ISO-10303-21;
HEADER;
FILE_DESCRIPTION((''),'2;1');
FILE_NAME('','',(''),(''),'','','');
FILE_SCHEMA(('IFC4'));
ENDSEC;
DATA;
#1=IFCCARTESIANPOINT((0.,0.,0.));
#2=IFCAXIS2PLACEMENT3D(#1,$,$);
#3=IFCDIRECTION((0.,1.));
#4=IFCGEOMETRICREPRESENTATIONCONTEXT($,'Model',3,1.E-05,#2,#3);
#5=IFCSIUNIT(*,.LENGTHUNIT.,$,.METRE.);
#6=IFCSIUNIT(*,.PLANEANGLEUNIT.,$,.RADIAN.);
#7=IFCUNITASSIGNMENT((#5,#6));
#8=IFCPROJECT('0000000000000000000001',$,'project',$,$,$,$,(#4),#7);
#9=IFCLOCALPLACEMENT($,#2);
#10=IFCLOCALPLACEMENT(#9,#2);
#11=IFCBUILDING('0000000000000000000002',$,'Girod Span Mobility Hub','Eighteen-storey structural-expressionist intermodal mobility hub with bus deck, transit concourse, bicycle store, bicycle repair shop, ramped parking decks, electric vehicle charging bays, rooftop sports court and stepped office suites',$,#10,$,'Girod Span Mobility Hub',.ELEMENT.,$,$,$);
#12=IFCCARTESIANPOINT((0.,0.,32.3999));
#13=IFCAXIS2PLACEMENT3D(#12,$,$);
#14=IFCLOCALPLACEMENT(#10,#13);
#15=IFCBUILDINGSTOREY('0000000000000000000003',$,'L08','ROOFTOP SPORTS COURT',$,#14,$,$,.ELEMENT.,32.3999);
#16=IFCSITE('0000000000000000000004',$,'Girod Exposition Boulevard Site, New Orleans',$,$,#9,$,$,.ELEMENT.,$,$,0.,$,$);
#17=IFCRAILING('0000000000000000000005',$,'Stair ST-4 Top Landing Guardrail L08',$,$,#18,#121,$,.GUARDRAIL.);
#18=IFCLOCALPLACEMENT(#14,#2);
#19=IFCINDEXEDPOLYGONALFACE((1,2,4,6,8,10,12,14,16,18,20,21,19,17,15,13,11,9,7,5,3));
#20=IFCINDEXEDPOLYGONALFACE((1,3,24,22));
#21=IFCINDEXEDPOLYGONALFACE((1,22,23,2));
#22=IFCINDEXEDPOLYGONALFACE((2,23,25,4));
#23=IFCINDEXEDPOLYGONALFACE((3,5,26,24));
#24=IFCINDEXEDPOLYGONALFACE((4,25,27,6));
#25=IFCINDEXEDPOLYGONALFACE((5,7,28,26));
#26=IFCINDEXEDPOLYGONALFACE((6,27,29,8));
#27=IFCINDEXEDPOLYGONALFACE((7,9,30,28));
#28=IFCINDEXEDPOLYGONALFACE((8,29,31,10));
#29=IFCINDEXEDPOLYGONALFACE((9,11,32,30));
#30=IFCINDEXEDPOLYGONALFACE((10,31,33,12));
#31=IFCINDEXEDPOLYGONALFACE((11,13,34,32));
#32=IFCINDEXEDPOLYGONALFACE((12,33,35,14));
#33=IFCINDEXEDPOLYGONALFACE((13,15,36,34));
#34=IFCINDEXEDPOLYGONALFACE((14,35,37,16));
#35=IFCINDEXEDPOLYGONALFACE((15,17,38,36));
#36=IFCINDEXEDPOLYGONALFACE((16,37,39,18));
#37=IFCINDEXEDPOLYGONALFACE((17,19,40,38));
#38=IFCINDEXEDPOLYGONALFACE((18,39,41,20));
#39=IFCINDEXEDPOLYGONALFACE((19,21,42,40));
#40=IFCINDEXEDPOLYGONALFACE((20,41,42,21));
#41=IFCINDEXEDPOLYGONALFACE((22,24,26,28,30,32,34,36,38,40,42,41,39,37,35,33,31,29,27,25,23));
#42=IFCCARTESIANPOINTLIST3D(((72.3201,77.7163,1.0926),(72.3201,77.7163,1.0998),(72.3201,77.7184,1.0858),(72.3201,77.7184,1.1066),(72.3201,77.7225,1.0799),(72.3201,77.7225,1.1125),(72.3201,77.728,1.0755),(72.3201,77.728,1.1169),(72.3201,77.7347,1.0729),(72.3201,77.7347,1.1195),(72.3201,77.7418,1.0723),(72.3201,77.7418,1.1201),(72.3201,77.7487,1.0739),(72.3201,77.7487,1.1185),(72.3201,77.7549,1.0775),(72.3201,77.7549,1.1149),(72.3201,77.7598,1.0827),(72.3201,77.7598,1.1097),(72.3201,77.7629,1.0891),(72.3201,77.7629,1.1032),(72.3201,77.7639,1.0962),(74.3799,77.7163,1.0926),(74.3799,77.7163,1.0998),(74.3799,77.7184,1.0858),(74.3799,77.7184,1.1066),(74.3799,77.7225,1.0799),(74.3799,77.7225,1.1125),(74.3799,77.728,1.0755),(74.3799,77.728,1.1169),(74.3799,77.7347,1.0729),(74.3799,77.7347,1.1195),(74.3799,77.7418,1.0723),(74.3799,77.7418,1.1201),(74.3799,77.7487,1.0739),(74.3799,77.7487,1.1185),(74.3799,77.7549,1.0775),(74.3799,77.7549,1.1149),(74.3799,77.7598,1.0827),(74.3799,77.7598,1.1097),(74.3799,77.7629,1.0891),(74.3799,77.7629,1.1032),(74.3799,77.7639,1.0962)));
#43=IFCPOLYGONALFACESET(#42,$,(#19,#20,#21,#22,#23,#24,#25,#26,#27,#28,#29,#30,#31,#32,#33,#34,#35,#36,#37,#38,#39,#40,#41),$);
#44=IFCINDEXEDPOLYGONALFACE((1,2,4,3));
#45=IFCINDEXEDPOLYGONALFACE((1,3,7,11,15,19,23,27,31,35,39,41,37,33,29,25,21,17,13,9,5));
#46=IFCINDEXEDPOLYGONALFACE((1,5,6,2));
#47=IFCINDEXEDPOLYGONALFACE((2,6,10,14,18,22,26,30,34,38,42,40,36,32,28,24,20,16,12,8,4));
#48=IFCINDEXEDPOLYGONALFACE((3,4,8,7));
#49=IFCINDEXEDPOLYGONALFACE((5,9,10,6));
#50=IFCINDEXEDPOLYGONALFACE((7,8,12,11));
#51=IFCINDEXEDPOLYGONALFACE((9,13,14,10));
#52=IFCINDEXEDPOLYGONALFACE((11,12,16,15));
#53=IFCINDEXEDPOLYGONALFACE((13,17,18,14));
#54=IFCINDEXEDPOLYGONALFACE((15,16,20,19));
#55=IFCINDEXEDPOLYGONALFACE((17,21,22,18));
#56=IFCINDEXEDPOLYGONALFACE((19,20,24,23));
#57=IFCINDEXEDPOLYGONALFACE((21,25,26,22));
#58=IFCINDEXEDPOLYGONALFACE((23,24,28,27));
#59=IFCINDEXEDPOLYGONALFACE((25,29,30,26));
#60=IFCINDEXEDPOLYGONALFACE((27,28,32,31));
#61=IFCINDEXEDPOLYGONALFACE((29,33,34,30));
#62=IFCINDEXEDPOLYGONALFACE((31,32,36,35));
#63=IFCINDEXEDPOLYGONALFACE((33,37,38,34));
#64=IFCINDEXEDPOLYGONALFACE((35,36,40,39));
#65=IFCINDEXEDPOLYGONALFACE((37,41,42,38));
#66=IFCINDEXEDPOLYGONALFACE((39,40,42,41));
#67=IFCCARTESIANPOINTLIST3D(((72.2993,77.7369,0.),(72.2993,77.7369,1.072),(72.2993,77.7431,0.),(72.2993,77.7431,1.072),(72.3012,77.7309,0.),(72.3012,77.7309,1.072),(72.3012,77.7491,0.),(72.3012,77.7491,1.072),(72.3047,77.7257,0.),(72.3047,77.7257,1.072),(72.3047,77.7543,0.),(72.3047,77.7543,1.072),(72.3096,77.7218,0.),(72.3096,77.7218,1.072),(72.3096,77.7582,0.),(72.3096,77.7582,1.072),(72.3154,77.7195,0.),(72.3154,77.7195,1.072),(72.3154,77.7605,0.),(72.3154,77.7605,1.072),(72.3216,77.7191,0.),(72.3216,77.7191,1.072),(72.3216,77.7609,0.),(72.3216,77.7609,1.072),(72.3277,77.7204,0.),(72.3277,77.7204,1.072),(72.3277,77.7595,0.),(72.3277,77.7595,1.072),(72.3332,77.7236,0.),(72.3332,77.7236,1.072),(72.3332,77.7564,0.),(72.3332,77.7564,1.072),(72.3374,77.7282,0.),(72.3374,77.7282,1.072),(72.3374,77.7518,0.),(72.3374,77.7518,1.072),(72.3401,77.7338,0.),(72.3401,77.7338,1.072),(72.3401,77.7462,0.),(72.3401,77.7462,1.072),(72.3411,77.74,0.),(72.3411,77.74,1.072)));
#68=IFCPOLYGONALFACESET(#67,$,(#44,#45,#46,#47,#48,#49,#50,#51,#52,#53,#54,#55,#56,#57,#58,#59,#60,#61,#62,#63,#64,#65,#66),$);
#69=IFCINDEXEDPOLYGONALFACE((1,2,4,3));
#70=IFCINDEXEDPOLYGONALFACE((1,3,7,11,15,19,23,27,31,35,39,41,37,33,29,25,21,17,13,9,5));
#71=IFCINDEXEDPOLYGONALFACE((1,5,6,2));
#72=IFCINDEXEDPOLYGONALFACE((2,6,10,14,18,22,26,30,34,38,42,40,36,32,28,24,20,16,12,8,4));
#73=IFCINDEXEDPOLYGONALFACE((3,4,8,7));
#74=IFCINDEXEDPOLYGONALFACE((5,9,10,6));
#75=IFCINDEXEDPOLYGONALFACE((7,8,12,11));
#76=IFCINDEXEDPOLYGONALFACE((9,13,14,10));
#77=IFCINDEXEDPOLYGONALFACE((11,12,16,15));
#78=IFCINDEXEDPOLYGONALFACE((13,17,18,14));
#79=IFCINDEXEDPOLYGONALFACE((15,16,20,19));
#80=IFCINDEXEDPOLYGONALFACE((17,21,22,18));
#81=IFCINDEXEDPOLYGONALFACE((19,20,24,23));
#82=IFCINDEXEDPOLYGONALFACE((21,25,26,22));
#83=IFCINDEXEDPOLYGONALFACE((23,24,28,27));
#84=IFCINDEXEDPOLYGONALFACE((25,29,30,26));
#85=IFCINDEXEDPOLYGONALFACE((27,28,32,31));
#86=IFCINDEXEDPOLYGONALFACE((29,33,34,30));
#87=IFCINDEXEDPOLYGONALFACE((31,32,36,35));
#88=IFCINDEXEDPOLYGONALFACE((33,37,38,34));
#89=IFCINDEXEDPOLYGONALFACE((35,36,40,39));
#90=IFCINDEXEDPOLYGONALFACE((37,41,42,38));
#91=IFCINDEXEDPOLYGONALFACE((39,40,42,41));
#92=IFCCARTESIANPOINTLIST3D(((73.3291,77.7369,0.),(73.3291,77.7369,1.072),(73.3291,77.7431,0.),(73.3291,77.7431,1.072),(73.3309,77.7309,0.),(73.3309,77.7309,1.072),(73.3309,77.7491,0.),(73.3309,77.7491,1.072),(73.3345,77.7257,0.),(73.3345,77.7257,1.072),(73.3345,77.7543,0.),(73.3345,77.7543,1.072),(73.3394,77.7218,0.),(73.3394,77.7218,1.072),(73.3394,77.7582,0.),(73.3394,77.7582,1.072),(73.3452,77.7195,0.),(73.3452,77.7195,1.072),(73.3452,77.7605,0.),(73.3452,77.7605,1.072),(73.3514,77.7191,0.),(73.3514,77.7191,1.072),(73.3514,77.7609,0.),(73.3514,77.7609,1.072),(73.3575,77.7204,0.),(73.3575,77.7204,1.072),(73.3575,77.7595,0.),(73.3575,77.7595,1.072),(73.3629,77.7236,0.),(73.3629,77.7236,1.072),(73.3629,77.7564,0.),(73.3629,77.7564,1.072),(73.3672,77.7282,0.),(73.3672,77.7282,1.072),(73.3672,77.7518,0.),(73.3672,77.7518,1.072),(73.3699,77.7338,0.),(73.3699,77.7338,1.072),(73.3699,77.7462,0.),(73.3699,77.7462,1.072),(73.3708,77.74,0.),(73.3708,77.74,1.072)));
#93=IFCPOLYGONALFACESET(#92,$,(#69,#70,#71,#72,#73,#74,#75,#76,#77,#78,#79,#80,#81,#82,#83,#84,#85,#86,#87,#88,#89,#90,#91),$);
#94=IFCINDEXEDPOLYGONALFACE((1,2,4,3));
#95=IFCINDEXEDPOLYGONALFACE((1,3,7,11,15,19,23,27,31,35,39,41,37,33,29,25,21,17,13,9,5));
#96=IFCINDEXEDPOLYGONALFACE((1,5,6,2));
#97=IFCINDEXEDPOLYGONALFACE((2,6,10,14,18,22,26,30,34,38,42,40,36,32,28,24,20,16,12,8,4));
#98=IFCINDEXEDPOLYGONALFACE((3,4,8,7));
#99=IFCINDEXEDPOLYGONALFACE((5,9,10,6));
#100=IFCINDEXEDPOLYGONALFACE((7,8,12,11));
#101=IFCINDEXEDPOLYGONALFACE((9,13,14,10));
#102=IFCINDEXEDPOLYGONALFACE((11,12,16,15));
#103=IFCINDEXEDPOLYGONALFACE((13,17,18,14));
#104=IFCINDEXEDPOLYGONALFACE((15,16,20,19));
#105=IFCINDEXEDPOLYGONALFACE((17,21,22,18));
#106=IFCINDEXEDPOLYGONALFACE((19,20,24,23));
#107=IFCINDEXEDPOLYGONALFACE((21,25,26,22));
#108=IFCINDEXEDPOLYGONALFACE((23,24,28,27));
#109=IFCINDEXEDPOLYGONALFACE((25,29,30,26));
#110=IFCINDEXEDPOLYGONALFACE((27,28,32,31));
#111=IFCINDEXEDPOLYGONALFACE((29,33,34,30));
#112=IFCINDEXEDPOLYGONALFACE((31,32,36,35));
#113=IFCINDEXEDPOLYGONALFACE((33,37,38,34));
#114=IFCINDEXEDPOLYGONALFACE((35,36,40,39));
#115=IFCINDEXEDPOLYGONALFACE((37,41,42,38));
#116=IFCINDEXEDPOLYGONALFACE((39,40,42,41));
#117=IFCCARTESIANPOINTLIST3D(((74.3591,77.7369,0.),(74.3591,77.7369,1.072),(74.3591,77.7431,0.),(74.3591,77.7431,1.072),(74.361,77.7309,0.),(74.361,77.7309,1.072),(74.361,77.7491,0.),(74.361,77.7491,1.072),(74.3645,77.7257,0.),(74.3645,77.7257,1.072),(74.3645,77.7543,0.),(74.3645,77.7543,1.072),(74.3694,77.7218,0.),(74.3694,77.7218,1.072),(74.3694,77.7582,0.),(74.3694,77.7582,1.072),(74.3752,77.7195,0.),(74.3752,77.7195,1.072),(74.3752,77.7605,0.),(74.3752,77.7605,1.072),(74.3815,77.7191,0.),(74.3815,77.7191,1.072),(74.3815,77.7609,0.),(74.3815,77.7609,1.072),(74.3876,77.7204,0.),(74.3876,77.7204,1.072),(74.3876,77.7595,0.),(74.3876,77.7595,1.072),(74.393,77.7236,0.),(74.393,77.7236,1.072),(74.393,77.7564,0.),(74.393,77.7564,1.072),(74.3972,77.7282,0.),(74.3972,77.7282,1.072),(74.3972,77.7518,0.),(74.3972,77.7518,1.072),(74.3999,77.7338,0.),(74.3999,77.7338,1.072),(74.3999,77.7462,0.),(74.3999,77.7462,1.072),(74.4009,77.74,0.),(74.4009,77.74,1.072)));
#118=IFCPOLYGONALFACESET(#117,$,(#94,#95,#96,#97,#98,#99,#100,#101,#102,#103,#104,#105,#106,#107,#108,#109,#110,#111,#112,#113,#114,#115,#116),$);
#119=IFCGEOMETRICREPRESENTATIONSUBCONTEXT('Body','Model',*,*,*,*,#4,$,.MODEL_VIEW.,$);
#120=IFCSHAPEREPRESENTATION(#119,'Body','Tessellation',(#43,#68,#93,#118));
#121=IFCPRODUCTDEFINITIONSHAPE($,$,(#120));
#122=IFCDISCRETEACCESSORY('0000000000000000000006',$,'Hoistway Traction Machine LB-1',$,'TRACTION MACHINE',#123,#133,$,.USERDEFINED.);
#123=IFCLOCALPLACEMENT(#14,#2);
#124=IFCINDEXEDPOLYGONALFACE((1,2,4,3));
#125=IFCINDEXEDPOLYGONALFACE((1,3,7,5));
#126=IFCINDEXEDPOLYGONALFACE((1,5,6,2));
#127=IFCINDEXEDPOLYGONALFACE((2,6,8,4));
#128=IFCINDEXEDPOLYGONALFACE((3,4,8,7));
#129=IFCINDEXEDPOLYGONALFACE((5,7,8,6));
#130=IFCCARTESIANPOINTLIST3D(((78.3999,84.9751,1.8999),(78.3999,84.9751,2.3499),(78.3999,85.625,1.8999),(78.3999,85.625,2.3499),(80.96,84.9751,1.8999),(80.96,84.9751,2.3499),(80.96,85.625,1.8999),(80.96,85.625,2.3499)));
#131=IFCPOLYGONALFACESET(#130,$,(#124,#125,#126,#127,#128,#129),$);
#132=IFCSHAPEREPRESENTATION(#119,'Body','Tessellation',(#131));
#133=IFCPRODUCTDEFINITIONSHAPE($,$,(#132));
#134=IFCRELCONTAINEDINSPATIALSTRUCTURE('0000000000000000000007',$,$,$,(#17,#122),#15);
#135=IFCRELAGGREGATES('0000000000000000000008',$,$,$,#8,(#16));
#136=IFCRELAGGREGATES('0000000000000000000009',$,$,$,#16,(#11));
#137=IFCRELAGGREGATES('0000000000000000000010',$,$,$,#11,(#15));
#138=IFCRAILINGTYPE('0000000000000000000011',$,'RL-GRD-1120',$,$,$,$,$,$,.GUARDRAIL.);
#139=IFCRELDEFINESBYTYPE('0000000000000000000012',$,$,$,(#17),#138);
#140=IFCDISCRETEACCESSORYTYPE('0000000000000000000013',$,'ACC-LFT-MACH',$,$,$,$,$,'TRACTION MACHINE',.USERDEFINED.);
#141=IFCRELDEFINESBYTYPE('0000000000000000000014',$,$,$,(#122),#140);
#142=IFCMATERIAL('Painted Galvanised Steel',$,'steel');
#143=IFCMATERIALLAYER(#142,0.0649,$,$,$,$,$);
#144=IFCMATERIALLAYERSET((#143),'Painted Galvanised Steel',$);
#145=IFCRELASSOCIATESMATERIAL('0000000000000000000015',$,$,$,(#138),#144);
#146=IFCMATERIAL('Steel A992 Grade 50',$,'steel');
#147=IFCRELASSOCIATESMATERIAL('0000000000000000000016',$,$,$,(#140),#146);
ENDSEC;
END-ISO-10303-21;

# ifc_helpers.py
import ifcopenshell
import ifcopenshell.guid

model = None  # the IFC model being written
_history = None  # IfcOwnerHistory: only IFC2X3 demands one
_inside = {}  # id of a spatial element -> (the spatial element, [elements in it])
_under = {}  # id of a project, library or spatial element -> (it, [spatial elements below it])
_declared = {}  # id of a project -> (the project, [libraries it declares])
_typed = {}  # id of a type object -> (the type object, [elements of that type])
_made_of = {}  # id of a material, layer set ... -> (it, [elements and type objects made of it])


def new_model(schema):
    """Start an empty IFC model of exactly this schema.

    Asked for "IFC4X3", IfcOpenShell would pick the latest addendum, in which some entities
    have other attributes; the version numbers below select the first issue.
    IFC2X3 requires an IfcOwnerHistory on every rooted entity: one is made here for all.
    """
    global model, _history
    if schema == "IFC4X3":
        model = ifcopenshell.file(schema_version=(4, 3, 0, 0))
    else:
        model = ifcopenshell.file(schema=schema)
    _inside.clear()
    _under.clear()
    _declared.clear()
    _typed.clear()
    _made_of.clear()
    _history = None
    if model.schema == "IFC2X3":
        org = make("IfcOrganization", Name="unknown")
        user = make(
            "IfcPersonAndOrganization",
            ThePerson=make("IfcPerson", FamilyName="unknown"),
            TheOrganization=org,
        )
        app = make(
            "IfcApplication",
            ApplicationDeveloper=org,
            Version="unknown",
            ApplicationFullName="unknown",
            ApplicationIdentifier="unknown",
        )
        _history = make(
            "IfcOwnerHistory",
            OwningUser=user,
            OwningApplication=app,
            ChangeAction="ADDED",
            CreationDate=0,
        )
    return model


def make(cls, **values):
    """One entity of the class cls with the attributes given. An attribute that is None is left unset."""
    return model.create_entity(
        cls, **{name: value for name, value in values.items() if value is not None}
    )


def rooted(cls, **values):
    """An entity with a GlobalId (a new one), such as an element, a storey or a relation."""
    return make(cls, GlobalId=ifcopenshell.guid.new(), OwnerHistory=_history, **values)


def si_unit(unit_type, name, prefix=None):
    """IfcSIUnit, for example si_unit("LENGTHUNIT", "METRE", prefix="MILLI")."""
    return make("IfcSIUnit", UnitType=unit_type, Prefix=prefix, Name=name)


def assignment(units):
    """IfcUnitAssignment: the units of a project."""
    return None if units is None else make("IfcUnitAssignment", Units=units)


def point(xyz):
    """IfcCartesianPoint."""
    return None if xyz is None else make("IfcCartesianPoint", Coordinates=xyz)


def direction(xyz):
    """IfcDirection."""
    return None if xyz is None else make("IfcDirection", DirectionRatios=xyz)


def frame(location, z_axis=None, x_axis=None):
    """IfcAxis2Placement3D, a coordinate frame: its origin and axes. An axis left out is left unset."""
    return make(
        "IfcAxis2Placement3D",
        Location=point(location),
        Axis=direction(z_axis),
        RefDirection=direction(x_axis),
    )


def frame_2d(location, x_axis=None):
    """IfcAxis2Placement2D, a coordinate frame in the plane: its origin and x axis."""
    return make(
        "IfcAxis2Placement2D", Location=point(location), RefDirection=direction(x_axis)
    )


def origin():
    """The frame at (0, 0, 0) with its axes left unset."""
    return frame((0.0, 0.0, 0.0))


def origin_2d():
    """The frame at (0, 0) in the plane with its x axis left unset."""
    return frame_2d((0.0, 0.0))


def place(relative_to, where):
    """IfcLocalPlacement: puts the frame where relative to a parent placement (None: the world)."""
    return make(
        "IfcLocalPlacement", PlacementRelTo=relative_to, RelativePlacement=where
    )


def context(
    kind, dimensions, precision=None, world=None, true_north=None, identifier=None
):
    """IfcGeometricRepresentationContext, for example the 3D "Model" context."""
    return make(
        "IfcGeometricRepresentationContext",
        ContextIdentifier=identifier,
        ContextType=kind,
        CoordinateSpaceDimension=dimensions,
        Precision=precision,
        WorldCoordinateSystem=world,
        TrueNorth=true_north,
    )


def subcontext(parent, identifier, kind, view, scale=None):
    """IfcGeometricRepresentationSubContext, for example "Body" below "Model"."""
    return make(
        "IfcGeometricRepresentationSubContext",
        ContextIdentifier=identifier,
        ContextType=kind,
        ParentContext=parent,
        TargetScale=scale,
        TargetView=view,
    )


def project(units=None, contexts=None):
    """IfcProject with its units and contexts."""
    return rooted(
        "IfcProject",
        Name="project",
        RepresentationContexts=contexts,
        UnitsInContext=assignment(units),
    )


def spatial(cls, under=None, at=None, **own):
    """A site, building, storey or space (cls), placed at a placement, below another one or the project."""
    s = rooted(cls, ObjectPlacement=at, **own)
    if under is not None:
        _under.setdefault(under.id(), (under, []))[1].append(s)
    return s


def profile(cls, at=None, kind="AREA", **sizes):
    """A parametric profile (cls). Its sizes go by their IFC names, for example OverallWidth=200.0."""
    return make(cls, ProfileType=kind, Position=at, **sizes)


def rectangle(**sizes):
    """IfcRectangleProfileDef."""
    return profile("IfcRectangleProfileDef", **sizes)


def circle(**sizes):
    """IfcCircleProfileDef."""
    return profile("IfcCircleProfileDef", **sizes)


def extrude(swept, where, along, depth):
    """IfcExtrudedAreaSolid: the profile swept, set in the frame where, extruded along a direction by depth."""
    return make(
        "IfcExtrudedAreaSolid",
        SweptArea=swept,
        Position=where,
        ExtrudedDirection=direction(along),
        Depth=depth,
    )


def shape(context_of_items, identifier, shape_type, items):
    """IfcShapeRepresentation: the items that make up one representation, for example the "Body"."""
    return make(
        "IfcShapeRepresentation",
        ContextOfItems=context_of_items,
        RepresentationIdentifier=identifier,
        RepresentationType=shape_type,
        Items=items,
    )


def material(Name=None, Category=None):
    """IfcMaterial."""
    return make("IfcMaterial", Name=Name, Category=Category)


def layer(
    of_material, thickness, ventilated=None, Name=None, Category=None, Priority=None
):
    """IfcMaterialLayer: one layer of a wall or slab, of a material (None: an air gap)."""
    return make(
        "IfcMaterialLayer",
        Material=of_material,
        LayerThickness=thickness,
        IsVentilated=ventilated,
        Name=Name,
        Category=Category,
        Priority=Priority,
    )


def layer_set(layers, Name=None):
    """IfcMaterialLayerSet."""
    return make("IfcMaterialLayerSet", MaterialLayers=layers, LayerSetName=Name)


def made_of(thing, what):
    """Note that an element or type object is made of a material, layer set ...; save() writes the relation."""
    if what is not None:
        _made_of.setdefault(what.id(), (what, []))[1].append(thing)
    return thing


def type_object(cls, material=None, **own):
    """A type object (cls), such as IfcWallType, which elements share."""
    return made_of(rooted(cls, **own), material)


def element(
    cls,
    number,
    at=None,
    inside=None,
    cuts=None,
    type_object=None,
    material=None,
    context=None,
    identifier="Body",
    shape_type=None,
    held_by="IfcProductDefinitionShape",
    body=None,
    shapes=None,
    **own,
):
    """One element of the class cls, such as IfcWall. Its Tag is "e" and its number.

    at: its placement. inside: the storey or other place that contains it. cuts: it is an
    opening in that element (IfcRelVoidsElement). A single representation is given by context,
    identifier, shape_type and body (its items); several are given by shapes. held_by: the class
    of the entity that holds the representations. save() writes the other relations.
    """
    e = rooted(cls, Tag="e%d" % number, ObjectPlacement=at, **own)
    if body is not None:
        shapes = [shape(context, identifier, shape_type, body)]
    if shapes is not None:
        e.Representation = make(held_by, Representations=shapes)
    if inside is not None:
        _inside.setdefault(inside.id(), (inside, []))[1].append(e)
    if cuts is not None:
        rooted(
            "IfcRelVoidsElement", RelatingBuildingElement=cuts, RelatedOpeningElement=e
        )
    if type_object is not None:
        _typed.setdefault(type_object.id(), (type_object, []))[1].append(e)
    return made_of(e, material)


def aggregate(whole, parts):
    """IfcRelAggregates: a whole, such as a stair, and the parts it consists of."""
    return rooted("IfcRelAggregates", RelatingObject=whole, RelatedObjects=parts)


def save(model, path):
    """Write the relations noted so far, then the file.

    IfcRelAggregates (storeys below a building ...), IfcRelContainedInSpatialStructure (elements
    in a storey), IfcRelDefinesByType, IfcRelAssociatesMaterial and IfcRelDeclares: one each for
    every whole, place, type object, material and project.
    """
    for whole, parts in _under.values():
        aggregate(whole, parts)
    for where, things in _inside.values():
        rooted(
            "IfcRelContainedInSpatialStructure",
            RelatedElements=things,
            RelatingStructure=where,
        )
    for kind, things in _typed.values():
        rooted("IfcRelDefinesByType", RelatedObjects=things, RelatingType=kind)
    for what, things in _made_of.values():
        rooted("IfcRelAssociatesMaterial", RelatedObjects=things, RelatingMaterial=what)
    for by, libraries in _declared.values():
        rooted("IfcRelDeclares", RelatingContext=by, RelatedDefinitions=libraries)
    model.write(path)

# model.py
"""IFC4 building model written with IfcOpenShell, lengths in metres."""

from ifc_helpers import new_model, si_unit, direction, frame, origin, origin_2d, place, context, subcontext, project, spatial, rectangle, circle, extrude, material, layer, layer_set, type_object, element, save


model = new_model("IFC4")

# Units and contexts
model_context = context("Model", 3, precision=1e-05, world=origin(), true_north=direction((0.0, 1.0)))
body_context = subcontext(model_context, "Body", "Model", "MODEL_VIEW")
ifc_project = project(units=[si_unit("LENGTHUNIT", "METRE"), si_unit("PLANEANGLEUNIT", "RADIAN")], contexts=[model_context])

# Site, building, storey
site_placement = place(None, origin())
site = spatial("IfcSite", under=ifc_project, at=site_placement, Name="Girod Exposition Boulevard Site, New Orleans", CompositionType="ELEMENT", RefElevation=0.0)
building_placement = place(site_placement, origin())
building = spatial("IfcBuilding", under=site, at=building_placement, Name="Girod Span Mobility Hub", Description="Eighteen-storey structural-expressionist intermodal mobility hub with bus deck, transit concourse, bicycle store, bicycle repair shop, ramped parking decks, electric vehicle charging bays, rooftop sports court and stepped office suites", LongName="Girod Span Mobility Hub", CompositionType="ELEMENT")
storey_placement = place(building_placement, frame((0.0, 0.0, 32.3999)))
storey = spatial("IfcBuildingStorey", under=building, at=storey_placement, Name="L08", Description="ROOFTOP SPORTS COURT", CompositionType="ELEMENT", Elevation=32.3999)

# Railing
ifc_material_1 = material(Name="Painted Galvanised Steel", Category="steel")
ifc_layer_1 = layer(ifc_material_1, 0.0649)
ifc_layer_set_1 = layer_set([ifc_layer_1], Name="Painted Galvanised Steel")
railing_type = type_object("IfcRailingType", Name="RL-GRD-1120", PredefinedType="GUARDRAIL", material=ifc_layer_set_1)
railing_placement = place(storey_placement, frame((72.3201, 77.74, 0.0)))
element("IfcRailing", 1, at=railing_placement, inside=storey, type_object=railing_type, Name="Stair ST-4 Top Landing Guardrail L08", PredefinedType="GUARDRAIL", context=body_context, shape_type="SweptSolid", body=[
    extrude(circle(Radius=0.0239, at=origin_2d()), frame((0.0, 0.0, 1.0962), z_axis=(1.0, 0.0, 0.0), x_axis=(0.0, 1.0, 0.0)), (0.0, 0.0, 1.0), 2.0598),
    extrude(circle(Radius=0.021, at=origin_2d()), origin(), (0.0, 0.0, 1.0), 1.072),
    extrude(circle(Radius=0.021, at=origin_2d()), frame((1.0298, 0.0, 0.0)), (0.0, 0.0, 1.0), 1.072),
    extrude(circle(Radius=0.021, at=origin_2d()), frame((2.0598, 0.0, 0.0)), (0.0, 0.0, 1.0), 1.072),
])

# Discrete accessory
ifc_material_2 = material(Name="Steel A992 Grade 50", Category="steel")
discrete_accessory_type = type_object("IfcDiscreteAccessoryType", Name="ACC-LFT-MACH", ElementType="TRACTION MACHINE", PredefinedType="USERDEFINED", material=ifc_material_2)
discrete_accessory_placement = place(storey_placement, frame((79.6799, 85.3, 1.8999), z_axis=(0.0, 0.0, 1.0), x_axis=(1.0, 0.0, 0.0)))
element("IfcDiscreteAccessory", 2, at=discrete_accessory_placement, inside=storey, type_object=discrete_accessory_type, Name="Hoistway Traction Machine LB-1", ObjectType="TRACTION MACHINE", PredefinedType="USERDEFINED", context=body_context, shape_type="SweptSolid", body=[
    extrude(rectangle(XDim=2.5601, YDim=0.6499, at=origin_2d()), origin(), (0.0, 0.0, 1.0), 0.45),
])

save(model, "model.ifc")
